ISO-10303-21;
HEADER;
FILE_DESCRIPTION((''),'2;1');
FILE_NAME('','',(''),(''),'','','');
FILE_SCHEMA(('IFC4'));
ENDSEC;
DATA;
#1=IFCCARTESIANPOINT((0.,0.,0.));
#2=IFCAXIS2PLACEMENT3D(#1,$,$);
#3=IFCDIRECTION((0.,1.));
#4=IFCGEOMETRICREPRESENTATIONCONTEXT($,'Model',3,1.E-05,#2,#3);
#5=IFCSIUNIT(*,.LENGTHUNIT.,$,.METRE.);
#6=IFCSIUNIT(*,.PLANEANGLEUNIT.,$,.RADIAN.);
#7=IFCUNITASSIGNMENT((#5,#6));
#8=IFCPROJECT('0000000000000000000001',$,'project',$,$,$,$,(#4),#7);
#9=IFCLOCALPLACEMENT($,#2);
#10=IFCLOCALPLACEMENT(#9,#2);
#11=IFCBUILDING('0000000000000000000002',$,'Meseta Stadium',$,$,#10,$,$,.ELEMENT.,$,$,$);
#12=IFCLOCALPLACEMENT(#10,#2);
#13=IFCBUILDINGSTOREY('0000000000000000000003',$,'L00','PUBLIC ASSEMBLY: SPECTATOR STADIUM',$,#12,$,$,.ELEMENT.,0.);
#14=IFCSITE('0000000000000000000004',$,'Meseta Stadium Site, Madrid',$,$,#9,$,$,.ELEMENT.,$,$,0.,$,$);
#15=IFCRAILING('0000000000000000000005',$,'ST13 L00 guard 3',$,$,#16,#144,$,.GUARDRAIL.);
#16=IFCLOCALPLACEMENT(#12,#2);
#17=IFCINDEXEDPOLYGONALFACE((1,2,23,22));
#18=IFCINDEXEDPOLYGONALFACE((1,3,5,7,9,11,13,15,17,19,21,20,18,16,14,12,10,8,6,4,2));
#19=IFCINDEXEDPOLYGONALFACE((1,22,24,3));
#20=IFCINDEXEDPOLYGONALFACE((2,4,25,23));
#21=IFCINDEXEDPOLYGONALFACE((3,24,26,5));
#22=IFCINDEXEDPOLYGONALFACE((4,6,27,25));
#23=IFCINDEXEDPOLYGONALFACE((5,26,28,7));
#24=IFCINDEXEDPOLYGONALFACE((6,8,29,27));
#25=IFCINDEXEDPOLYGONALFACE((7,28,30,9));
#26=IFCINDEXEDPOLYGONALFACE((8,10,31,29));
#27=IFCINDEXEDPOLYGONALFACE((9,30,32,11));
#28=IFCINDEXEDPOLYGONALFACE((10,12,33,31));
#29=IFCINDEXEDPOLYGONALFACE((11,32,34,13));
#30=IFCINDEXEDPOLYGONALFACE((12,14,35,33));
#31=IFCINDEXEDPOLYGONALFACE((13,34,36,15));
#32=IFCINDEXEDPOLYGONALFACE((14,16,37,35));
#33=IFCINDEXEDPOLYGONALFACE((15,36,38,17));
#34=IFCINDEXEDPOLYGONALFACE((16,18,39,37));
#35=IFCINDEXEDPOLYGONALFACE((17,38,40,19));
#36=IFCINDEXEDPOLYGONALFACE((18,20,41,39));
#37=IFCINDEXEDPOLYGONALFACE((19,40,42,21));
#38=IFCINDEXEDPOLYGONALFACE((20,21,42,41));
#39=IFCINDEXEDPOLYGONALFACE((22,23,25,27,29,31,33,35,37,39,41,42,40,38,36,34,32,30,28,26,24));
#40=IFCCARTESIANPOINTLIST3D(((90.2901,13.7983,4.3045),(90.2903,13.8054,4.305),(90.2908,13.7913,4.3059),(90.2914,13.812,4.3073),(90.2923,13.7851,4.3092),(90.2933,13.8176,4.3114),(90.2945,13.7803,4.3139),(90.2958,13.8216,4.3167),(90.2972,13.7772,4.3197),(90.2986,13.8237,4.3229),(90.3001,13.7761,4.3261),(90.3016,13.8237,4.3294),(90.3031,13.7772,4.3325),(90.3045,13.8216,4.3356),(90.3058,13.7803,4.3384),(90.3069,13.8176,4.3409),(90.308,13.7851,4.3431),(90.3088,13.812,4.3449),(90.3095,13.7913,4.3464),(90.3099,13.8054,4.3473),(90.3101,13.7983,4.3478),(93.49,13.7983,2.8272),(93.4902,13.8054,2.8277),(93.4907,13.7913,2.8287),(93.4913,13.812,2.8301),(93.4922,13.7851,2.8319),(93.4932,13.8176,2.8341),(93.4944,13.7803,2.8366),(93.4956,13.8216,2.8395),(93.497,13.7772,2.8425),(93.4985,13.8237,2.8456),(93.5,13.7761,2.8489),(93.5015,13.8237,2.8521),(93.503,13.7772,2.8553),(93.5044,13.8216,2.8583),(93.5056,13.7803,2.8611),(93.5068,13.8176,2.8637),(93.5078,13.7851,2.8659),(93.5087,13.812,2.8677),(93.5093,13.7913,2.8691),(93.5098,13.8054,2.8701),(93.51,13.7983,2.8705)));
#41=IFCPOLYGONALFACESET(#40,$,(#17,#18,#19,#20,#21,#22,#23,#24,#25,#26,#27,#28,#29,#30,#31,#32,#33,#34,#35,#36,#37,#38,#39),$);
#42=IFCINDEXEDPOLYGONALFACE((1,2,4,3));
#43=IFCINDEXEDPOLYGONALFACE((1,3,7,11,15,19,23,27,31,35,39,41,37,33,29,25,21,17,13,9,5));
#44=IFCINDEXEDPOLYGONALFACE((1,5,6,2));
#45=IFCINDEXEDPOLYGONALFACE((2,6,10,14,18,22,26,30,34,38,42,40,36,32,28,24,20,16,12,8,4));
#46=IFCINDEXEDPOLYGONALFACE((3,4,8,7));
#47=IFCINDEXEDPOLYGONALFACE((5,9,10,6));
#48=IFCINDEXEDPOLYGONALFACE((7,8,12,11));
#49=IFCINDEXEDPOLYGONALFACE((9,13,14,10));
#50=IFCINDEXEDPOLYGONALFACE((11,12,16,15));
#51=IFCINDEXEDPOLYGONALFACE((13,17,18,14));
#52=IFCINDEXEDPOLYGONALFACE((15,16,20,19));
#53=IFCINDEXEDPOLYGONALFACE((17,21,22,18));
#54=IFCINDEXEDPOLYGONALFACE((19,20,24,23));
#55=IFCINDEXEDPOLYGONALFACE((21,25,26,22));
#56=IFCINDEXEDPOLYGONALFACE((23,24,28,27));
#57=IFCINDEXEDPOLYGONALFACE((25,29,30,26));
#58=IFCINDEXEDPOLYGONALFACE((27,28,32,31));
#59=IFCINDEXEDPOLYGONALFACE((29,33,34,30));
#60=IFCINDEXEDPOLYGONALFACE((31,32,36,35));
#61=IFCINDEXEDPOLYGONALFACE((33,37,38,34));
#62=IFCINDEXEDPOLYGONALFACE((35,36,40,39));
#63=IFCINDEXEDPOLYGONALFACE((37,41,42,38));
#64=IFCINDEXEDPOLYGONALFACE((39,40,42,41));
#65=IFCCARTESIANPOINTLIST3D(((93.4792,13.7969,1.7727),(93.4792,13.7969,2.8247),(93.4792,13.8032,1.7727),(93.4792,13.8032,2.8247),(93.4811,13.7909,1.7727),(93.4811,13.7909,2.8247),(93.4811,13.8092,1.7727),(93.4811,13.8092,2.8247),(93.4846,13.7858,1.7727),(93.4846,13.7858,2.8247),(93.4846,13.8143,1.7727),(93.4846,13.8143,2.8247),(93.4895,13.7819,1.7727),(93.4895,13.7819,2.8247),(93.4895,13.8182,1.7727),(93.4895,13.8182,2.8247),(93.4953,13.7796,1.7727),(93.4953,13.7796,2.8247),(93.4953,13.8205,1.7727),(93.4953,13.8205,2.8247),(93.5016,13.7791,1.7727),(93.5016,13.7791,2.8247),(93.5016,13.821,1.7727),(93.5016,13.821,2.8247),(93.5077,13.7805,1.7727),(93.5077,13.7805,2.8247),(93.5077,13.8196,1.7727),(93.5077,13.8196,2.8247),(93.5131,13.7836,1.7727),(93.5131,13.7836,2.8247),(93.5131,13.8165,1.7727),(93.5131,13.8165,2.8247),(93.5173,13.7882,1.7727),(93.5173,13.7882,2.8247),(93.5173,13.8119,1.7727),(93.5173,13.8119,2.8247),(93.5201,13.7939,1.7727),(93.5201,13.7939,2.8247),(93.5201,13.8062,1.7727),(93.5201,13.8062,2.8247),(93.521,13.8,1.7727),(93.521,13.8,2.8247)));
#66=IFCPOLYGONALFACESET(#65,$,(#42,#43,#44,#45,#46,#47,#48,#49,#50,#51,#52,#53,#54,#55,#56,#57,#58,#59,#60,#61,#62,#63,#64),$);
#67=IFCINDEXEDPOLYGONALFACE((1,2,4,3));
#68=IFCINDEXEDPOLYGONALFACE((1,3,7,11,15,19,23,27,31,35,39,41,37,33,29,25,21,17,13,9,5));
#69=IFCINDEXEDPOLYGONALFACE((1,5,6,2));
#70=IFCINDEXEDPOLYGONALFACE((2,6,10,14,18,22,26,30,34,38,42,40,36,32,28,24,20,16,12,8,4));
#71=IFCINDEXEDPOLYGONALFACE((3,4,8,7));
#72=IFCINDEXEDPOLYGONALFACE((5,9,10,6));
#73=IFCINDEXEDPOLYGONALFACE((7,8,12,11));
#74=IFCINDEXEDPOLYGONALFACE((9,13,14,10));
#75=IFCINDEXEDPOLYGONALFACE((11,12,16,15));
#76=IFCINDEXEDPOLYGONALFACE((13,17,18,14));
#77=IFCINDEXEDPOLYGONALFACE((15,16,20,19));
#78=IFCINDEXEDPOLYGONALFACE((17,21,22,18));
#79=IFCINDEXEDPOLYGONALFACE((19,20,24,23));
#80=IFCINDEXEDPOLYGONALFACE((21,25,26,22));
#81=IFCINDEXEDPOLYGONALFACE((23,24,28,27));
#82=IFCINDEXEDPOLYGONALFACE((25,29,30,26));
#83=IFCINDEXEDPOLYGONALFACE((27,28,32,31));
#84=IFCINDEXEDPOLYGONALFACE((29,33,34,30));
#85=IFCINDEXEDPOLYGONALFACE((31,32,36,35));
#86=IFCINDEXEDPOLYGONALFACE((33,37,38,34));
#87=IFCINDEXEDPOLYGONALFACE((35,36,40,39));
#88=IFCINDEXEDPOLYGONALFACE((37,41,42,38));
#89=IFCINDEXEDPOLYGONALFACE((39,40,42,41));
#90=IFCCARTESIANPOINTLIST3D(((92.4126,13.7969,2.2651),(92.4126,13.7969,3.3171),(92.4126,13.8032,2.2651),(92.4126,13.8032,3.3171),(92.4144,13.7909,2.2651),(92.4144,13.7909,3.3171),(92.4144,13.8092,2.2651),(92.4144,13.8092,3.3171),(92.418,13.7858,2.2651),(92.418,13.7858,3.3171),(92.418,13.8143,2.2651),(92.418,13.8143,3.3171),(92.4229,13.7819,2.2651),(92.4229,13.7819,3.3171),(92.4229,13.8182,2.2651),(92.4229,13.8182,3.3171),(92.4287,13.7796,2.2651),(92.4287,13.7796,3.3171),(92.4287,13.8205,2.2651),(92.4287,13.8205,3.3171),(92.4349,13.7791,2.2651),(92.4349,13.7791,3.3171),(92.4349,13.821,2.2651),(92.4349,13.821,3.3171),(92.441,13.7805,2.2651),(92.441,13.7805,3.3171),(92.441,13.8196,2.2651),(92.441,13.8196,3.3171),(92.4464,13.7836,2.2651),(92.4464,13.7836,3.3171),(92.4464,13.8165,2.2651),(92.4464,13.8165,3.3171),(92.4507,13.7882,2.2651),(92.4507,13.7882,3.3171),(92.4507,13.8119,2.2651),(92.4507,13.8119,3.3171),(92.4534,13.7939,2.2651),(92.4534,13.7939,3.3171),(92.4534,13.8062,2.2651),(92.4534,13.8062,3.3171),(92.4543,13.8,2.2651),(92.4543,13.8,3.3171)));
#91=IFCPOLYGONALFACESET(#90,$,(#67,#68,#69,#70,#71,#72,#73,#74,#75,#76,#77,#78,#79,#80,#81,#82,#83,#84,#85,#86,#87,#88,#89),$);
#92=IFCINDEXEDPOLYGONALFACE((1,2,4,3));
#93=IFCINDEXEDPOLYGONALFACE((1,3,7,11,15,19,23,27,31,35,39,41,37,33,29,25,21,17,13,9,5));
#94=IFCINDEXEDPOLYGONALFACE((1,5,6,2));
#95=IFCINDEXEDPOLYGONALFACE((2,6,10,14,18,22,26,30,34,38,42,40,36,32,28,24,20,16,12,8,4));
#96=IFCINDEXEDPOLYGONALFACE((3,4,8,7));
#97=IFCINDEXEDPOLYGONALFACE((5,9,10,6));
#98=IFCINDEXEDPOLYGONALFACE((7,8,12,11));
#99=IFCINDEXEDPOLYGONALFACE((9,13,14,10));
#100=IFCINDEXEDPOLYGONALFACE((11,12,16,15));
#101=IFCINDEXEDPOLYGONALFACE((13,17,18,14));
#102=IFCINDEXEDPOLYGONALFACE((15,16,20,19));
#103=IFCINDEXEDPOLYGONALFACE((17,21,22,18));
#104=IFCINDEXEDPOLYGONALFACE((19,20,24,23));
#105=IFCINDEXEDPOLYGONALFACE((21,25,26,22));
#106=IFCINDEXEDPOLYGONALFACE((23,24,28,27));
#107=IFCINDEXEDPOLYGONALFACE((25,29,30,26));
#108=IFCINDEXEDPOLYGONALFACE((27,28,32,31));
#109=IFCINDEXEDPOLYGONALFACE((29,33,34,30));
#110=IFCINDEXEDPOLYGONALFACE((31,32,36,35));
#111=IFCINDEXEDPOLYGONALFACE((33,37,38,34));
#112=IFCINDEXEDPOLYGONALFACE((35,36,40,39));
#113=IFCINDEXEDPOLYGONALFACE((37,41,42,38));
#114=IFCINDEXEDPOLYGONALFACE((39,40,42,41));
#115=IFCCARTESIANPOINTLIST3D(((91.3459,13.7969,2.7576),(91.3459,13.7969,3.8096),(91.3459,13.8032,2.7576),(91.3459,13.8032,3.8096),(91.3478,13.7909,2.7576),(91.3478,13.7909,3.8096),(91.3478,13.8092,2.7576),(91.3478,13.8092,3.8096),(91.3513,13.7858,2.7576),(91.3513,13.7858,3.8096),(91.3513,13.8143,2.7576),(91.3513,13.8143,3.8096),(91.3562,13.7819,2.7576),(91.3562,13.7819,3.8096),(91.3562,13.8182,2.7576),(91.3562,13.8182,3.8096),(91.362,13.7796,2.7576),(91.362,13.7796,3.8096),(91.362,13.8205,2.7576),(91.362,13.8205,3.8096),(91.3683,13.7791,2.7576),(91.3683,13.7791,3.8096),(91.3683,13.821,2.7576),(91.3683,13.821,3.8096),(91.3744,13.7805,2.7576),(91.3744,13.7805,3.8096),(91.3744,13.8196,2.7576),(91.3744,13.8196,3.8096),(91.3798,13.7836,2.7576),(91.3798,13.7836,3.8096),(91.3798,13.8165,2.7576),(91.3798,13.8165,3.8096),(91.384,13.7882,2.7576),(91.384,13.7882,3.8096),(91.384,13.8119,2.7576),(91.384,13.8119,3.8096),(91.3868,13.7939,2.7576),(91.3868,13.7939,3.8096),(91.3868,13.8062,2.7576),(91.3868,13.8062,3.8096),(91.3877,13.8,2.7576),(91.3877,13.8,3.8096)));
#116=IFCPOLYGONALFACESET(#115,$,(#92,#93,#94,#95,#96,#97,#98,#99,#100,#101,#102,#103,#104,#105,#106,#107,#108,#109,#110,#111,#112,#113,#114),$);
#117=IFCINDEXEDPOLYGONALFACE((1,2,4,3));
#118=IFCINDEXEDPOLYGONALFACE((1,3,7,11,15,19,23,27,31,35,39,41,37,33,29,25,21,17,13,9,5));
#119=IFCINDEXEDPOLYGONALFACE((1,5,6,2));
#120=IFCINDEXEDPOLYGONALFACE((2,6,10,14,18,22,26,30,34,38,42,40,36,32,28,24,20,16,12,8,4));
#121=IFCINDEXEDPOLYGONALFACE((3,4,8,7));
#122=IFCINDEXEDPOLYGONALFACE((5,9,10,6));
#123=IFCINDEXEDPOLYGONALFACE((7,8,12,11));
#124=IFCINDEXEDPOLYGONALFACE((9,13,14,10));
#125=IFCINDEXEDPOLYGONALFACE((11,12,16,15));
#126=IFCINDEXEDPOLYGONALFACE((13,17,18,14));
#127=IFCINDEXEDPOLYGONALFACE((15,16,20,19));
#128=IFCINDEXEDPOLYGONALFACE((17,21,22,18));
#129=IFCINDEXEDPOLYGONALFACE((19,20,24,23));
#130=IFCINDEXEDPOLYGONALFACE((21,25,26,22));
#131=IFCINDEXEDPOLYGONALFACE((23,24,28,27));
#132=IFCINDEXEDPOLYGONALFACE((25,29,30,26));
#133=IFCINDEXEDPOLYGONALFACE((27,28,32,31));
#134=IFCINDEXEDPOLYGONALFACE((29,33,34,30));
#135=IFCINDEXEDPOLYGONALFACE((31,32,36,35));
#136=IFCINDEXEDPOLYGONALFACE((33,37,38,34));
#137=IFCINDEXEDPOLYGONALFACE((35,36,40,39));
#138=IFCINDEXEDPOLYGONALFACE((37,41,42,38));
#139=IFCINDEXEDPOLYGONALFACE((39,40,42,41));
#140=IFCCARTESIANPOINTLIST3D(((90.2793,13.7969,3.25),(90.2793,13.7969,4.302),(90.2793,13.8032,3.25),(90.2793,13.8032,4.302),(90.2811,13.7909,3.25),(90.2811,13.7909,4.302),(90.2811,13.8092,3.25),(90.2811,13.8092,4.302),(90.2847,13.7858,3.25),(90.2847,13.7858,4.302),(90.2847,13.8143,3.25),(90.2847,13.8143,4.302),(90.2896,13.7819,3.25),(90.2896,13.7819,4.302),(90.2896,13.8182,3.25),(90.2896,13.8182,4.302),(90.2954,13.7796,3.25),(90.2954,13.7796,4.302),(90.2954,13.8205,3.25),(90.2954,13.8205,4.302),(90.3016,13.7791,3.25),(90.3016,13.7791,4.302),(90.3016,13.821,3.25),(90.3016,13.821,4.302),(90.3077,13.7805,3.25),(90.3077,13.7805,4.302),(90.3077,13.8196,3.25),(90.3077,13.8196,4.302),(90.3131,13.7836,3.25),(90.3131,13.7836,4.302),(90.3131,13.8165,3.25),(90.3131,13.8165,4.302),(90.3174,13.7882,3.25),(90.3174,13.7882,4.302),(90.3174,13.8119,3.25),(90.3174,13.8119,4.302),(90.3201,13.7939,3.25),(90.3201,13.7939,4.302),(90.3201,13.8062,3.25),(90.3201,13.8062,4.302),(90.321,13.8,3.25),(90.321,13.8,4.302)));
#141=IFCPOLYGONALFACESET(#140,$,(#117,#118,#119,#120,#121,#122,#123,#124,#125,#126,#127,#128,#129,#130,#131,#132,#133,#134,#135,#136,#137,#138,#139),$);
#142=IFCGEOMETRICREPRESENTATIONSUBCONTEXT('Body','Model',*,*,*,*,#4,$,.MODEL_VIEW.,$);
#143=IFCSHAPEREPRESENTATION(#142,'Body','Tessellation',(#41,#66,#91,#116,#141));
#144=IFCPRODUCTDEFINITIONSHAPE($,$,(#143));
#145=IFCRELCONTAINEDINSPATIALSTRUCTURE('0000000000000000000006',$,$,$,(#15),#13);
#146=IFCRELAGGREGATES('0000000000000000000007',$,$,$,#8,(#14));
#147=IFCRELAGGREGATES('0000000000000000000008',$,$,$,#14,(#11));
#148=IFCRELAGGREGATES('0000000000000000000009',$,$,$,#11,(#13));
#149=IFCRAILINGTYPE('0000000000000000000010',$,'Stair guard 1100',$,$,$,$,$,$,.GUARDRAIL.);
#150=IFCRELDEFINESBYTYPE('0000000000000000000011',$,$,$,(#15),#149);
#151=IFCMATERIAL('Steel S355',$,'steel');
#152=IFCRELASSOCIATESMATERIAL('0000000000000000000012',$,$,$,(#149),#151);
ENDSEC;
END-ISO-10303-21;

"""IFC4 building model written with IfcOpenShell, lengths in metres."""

from ifc_helpers import new_model, si_unit, direction, frame, origin, origin_2d, place, context, subcontext, project, spatial, circle, extrude, material, type_object, element, save


model = new_model("IFC4")

# Units and contexts
model_context = context("Model", 3, precision=1e-05, world=origin(), true_north=direction((0.0, 1.0)))
body_context = subcontext(model_context, "Body", "Model", "MODEL_VIEW")
ifc_project = project(units=[si_unit("LENGTHUNIT", "METRE"), si_unit("PLANEANGLEUNIT", "RADIAN")], contexts=[model_context])

# Site, building, storey
site_placement = place(None, origin())
site = spatial("IfcSite", under=ifc_project, at=site_placement, Name="Meseta Stadium Site, Madrid", CompositionType="ELEMENT", RefElevation=0.0)
building_placement = place(site_placement, origin())
building = spatial("IfcBuilding", under=site, at=building_placement, Name="Meseta Stadium", CompositionType="ELEMENT")
storey_placement = place(building_placement, origin())
storey = spatial("IfcBuildingStorey", under=building, at=storey_placement, Name="L00", Description="PUBLIC ASSEMBLY: SPECTATOR STADIUM", CompositionType="ELEMENT", Elevation=0.0)

# Railing
ifc_material_1 = material(Name="Steel S355", Category="steel")
railing_type_1 = type_object("IfcRailingType", Name="Stair guard 1100", PredefinedType="GUARDRAIL", material=ifc_material_1)
railing_1_placement = place(storey_placement, frame((93.5, 13.8, 1.7727)))
element("IfcRailing", 1, at=railing_1_placement, inside=storey, type_object=railing_type_1, Name="ST13 L00 guard 3", PredefinedType="GUARDRAIL", context=body_context, shape_type="SweptSolid", body=[
    extrude(circle(Radius=0.0239, at=origin_2d()), frame((0.0, 0.0, 1.0762), z_axis=(-0.907917, 0.0, 0.41915), x_axis=(0.0, -1.0, 0.0)), (0.0, 0.0, 1.0), 3.5244),
    extrude(circle(Radius=0.021, at=origin_2d()), origin(), (0.0, 0.0, 1.0), 1.052),
    extrude(circle(Radius=0.021, at=origin_2d()), frame((-1.0667, 0.0, 0.4924)), (0.0, 0.0, 1.0), 1.052),
    extrude(circle(Radius=0.021, at=origin_2d()), frame((-2.1333, 0.0, 0.9849)), (0.0, 0.0, 1.0), 1.052),
    extrude(circle(Radius=0.021, at=origin_2d()), frame((-3.2, 0.0, 1.4773)), (0.0, 0.0, 1.0), 1.052),
])

save(model, "model.ifc")
